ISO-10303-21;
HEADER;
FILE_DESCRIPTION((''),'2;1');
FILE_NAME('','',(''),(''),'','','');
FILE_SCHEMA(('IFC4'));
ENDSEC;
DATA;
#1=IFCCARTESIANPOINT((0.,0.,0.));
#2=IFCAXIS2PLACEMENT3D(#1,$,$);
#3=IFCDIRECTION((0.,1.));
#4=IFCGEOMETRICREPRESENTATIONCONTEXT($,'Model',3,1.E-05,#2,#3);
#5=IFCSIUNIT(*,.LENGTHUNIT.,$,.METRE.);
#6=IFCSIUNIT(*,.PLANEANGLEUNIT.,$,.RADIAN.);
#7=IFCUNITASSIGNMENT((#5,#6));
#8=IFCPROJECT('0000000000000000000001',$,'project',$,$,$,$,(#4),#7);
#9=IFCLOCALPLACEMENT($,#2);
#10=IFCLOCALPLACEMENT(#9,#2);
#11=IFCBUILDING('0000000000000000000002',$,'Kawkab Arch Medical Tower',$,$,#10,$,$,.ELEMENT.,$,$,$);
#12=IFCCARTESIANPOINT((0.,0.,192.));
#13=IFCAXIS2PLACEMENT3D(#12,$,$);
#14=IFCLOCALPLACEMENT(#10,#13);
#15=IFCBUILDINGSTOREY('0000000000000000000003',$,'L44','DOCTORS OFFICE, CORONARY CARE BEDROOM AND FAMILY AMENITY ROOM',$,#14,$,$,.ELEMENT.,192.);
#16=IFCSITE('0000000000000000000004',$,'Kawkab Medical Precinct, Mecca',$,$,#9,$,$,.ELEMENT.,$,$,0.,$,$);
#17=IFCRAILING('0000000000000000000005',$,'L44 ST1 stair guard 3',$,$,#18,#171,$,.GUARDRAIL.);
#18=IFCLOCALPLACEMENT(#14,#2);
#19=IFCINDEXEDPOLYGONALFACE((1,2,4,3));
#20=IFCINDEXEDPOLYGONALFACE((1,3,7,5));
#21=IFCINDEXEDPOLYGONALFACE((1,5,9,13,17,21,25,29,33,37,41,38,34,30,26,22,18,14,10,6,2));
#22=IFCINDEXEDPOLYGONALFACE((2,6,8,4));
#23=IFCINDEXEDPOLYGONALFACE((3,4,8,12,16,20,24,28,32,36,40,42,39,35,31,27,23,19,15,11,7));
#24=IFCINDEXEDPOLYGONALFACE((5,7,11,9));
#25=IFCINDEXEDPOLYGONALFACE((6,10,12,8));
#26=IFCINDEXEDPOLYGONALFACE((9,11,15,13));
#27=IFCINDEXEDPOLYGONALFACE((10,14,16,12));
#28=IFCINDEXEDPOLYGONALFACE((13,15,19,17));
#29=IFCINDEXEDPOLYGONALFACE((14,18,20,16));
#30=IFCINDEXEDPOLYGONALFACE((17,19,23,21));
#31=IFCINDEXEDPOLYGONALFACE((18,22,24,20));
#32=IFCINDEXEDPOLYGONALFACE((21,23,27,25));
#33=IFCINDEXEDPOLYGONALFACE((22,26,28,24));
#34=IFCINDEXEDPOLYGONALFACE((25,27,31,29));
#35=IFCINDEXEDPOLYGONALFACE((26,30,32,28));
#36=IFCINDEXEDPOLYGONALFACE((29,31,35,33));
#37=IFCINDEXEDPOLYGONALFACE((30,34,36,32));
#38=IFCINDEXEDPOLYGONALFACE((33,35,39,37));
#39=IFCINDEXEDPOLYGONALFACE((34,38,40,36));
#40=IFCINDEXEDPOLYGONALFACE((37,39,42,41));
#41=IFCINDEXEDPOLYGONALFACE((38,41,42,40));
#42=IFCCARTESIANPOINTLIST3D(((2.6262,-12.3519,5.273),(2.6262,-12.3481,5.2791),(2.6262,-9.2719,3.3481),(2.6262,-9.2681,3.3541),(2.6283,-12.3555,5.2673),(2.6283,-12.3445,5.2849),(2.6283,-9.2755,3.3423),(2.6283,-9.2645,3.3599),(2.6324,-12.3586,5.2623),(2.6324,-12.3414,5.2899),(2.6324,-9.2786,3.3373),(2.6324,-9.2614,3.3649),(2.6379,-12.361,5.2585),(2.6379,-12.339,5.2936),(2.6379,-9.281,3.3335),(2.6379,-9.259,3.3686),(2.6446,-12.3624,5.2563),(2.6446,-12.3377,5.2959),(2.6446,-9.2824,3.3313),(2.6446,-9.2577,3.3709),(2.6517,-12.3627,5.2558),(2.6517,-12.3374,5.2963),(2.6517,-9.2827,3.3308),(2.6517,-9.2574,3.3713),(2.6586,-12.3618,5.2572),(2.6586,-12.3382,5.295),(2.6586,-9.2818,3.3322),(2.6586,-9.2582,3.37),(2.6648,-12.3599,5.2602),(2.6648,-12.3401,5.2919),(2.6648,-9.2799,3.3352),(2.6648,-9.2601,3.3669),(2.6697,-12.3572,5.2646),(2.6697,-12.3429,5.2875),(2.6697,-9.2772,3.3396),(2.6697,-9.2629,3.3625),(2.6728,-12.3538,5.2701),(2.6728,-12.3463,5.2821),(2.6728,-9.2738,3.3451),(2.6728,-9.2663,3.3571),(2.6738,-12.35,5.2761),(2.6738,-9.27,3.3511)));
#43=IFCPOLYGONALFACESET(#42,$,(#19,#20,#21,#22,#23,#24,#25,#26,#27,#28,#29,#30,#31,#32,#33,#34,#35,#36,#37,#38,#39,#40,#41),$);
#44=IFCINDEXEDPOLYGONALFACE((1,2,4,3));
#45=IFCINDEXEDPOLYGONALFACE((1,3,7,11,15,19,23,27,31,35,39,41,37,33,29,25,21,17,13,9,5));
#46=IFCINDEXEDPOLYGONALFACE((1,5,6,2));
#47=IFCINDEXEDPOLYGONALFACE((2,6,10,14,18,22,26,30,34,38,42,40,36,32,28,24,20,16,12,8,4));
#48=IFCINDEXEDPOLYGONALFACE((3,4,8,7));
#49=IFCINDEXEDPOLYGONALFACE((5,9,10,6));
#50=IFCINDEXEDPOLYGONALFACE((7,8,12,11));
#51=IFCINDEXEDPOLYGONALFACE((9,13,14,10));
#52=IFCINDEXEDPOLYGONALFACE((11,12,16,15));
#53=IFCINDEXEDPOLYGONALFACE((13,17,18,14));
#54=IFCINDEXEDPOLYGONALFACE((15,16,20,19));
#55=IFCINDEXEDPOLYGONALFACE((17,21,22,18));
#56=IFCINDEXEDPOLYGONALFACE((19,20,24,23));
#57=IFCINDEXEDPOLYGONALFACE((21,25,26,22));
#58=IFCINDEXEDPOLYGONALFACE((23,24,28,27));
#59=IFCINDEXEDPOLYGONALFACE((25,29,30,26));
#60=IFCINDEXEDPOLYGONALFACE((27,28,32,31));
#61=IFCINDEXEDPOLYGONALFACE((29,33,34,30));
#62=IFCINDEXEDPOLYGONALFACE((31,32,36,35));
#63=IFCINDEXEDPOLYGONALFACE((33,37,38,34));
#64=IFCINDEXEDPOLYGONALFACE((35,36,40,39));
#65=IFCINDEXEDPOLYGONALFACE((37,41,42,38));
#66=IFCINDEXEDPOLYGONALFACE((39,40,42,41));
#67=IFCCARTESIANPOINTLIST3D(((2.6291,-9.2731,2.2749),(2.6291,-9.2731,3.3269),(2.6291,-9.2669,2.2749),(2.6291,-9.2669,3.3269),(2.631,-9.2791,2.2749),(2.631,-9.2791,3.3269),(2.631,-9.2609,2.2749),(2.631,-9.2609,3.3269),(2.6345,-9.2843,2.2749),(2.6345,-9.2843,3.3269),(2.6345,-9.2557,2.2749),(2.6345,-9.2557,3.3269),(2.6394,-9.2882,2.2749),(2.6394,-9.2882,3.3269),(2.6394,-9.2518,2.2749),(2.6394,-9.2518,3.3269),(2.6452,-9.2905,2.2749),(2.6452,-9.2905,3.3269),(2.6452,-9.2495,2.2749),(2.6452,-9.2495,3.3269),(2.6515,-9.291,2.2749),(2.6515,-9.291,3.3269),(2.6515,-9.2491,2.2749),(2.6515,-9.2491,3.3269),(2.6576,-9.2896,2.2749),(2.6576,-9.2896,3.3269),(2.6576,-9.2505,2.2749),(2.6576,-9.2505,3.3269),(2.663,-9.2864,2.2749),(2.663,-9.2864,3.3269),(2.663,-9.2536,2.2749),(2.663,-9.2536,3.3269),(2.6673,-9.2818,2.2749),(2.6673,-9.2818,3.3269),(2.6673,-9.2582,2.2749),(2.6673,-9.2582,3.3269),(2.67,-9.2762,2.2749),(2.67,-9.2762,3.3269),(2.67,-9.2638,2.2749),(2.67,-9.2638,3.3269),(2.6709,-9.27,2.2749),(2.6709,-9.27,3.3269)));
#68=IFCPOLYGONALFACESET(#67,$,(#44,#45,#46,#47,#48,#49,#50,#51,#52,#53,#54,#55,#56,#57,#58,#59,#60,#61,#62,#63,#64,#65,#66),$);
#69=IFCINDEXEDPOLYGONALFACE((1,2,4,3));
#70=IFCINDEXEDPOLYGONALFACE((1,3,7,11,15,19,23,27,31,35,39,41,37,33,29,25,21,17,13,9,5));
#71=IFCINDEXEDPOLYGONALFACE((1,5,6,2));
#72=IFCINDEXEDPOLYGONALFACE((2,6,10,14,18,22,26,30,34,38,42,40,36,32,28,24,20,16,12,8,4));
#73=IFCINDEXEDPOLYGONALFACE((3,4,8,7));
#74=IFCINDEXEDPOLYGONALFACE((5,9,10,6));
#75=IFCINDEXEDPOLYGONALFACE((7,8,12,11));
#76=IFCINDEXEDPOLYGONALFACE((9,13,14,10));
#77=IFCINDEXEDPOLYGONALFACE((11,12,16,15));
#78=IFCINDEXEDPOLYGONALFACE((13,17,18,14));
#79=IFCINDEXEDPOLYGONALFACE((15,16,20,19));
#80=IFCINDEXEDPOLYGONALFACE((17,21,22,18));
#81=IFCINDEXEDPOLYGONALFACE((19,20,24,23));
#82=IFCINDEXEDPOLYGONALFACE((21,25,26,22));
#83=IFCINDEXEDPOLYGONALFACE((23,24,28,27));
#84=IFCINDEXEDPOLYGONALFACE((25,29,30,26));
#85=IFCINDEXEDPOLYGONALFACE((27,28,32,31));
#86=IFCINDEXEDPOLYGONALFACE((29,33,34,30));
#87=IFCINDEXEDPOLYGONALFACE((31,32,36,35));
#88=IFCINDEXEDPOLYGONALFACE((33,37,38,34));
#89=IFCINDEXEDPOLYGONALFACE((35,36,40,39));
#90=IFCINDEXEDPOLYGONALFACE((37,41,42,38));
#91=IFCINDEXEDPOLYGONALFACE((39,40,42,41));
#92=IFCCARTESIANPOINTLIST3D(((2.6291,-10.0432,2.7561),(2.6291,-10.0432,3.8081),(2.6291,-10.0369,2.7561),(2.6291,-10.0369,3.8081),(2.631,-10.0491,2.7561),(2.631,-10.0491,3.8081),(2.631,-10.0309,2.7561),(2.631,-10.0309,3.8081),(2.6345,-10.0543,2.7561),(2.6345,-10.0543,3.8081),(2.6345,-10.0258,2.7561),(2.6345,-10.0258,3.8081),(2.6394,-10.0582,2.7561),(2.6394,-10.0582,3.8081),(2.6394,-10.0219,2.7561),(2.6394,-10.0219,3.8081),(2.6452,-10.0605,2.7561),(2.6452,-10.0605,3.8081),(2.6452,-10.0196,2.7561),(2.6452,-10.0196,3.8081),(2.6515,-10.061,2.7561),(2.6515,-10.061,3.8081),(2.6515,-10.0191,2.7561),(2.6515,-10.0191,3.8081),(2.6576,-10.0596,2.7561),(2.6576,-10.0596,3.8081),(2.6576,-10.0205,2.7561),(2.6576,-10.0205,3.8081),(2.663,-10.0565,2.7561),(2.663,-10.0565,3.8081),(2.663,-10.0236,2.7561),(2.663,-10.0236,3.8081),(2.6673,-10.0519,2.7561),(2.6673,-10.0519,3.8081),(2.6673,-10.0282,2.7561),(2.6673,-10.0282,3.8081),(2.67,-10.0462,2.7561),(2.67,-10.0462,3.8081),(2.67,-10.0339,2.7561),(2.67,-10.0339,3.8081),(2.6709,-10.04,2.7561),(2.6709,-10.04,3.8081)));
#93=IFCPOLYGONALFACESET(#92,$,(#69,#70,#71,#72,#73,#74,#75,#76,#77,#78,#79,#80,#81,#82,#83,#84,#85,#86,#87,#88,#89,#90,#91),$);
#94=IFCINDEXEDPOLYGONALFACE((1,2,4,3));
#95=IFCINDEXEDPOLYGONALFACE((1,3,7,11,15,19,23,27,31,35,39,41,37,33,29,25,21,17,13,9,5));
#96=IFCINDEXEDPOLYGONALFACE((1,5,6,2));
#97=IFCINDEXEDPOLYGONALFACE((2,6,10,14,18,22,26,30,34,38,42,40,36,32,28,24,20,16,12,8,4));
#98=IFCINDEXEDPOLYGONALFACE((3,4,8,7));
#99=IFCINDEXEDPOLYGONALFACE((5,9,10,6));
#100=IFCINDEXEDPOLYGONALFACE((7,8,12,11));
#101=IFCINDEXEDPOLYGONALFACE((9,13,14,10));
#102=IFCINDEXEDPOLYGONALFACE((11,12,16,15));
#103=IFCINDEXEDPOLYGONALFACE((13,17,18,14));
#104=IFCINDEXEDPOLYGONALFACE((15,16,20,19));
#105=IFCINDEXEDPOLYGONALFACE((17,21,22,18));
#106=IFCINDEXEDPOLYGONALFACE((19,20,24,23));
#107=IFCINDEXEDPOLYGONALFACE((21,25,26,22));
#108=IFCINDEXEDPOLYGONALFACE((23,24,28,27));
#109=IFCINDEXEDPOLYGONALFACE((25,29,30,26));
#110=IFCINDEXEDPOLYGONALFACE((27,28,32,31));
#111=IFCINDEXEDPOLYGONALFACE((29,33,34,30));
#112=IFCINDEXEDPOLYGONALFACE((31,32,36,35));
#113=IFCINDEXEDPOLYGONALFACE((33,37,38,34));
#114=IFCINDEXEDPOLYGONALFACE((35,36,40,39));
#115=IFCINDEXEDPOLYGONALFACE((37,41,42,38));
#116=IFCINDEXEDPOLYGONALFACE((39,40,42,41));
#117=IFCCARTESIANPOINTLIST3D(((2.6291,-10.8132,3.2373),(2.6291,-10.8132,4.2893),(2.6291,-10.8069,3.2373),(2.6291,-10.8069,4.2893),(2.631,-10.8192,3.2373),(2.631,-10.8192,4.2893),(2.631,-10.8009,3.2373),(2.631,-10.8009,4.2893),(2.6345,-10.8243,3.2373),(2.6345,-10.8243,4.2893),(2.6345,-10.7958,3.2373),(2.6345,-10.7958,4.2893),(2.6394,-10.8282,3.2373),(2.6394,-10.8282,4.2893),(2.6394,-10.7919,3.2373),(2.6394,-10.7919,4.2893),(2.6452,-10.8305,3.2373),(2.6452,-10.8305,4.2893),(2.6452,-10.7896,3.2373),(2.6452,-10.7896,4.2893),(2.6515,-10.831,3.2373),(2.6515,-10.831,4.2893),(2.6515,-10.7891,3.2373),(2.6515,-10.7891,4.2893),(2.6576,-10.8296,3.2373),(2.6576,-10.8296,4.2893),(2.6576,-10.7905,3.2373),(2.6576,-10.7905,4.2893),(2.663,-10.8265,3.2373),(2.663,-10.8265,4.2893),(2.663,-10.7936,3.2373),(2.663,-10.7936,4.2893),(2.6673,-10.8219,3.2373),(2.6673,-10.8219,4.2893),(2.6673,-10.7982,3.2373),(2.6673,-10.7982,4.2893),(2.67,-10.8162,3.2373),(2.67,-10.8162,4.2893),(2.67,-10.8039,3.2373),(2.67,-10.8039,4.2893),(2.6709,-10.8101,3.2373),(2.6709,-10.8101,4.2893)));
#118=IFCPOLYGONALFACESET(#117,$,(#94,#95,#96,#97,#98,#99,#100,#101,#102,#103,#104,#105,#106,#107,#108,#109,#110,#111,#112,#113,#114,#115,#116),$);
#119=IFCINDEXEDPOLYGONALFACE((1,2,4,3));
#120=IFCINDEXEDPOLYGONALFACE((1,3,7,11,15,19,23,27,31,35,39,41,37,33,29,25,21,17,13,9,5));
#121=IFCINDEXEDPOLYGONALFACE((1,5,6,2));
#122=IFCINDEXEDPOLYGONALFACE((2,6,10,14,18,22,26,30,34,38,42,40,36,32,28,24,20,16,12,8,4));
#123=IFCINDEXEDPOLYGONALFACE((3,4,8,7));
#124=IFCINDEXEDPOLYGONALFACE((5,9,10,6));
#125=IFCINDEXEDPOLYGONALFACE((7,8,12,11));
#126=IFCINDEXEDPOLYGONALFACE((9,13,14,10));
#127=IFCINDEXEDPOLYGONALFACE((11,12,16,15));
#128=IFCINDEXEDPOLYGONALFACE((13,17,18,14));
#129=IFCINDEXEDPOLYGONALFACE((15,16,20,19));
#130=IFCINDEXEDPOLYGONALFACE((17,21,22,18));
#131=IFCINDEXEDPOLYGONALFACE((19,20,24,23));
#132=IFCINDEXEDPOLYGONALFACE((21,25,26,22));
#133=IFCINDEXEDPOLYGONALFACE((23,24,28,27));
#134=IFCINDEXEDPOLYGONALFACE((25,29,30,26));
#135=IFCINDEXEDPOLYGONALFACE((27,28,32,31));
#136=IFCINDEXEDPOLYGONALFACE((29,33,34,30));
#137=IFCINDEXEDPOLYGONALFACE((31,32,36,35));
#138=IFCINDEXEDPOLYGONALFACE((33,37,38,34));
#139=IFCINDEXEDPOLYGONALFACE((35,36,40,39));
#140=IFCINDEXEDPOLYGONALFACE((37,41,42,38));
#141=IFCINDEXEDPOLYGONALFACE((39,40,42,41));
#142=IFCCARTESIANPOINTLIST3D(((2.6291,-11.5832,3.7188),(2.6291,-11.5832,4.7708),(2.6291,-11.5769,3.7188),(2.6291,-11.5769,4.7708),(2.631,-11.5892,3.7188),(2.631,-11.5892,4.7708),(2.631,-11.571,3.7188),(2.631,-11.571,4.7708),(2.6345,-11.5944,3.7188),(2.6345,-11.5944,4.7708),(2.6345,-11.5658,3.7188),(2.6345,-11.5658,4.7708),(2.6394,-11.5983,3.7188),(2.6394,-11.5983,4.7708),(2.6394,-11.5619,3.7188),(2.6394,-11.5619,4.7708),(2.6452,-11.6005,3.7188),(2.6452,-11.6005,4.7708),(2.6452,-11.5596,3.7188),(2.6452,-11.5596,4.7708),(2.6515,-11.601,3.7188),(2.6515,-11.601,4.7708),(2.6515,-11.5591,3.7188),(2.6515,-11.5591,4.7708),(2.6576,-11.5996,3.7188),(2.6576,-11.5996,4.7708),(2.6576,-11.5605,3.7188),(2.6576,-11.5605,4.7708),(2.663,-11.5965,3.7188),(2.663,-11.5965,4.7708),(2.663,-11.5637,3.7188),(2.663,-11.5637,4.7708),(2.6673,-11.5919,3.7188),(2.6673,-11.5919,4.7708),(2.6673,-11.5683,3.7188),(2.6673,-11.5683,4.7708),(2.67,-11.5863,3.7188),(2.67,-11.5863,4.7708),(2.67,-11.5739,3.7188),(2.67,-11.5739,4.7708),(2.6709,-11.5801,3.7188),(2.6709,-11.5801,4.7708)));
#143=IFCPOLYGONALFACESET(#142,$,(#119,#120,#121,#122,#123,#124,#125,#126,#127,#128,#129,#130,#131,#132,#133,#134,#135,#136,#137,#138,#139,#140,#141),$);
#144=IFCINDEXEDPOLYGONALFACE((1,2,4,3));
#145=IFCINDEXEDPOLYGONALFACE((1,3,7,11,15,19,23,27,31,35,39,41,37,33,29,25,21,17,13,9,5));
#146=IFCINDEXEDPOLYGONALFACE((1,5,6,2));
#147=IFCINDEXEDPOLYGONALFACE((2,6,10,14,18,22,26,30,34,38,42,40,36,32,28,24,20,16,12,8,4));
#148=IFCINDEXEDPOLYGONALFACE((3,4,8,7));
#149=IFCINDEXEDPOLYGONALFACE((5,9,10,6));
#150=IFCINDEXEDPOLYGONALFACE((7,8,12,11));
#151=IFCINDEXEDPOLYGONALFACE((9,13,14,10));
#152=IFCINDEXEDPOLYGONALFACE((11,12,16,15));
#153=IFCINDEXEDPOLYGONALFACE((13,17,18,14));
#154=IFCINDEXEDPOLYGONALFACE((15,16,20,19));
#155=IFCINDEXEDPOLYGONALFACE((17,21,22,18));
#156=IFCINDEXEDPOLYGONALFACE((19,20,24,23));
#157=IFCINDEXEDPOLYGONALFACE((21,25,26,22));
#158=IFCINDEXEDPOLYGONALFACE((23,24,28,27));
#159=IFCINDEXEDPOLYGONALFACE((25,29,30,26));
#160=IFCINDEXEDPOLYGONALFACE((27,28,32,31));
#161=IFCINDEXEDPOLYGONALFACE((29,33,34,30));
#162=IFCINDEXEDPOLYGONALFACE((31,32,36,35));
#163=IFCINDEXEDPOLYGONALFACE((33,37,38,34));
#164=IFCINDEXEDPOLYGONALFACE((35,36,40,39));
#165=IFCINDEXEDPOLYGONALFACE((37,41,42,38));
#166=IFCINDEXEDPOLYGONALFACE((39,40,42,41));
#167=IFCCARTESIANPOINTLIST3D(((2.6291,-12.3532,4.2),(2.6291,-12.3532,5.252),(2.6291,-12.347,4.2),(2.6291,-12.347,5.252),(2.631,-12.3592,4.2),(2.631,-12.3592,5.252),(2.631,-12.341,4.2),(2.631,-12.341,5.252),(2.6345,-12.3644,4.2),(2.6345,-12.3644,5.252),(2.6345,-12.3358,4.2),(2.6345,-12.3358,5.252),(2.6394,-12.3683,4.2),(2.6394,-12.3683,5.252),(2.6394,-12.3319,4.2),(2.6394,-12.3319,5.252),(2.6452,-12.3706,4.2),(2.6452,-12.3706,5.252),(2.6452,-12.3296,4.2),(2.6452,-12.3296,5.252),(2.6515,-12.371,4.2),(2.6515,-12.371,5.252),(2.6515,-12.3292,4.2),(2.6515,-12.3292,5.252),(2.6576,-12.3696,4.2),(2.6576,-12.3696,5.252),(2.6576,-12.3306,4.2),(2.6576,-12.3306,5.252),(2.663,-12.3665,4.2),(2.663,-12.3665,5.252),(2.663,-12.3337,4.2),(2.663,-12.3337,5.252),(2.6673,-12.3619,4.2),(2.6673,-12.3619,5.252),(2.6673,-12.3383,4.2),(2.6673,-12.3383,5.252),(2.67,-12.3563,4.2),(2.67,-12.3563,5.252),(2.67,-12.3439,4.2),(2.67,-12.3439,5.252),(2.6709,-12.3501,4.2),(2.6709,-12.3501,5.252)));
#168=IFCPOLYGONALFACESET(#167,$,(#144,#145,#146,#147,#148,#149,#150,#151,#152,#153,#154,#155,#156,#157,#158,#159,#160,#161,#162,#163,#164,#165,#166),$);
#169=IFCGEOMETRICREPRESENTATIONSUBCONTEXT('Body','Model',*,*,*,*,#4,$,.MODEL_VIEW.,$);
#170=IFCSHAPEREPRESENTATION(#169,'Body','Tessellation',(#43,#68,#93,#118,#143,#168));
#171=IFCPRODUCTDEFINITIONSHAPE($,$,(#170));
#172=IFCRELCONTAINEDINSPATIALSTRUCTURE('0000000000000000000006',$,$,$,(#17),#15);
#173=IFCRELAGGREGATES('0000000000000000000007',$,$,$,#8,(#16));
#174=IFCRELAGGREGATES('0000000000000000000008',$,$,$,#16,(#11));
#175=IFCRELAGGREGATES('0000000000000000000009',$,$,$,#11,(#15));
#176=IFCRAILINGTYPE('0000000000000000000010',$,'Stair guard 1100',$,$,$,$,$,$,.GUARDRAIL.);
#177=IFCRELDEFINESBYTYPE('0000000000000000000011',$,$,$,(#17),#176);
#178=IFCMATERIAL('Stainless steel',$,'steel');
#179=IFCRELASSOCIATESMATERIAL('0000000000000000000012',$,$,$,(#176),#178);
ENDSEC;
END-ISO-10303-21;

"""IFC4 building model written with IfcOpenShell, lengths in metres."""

from ifc_helpers import new_model, si_unit, direction, frame, origin, origin_2d, place, context, subcontext, project, spatial, circle, extrude, material, type_object, element, save


model = new_model("IFC4")

# Units and contexts
model_context = context("Model", 3, precision=1e-05, world=origin(), true_north=direction((0.0, 1.0)))
body_context = subcontext(model_context, "Body", "Model", "MODEL_VIEW")
ifc_project = project(units=[si_unit("LENGTHUNIT", "METRE"), si_unit("PLANEANGLEUNIT", "RADIAN")], contexts=[model_context])

# Site, building, storey
site_placement = place(None, origin())
site = spatial("IfcSite", under=ifc_project, at=site_placement, Name="Kawkab Medical Precinct, Mecca", CompositionType="ELEMENT", RefElevation=0.0)
building_placement = place(site_placement, origin())
building = spatial("IfcBuilding", under=site, at=building_placement, Name="Kawkab Arch Medical Tower", CompositionType="ELEMENT")
storey_placement = place(building_placement, frame((0.0, 0.0, 192.0)))
storey = spatial("IfcBuildingStorey", under=building, at=storey_placement, Name="L44", Description="DOCTORS OFFICE, CORONARY CARE BEDROOM AND FAMILY AMENITY ROOM", CompositionType="ELEMENT", Elevation=192.0)

# Railing
ifc_material_1 = material(Name="Stainless steel", Category="steel")
railing_type_1 = type_object("IfcRailingType", Name="Stair guard 1100", PredefinedType="GUARDRAIL", material=ifc_material_1)
railing_1_placement = place(storey_placement, frame((2.6499, -9.27, 2.2749)))
element("IfcRailing", 1, at=railing_1_placement, inside=storey, type_object=railing_type_1, Name="L44 ST1 stair guard 3", PredefinedType="GUARDRAIL", context=body_context, shape_type="SweptSolid", body=[
    extrude(circle(Radius=0.0239, at=origin_2d()), frame((0.0, 0.0, 1.0762), z_axis=(0.0, -0.847998, 0.529999), x_axis=(1.0, 0.0, 0.0)), (0.0, 0.0, 1.0), 3.6321),
    extrude(circle(Radius=0.021, at=origin_2d()), origin(), (0.0, 0.0, 1.0), 1.052),
    extrude(circle(Radius=0.021, at=origin_2d()), frame((0.0, -0.77, 0.4812)), (0.0, 0.0, 1.0), 1.052),
    extrude(circle(Radius=0.021, at=origin_2d()), frame((0.0, -1.54, 0.9624)), (0.0, 0.0, 1.0), 1.052),
    extrude(circle(Radius=0.021, at=origin_2d()), frame((0.0, -2.3101, 1.4438)), (0.0, 0.0, 1.0), 1.052),
    extrude(circle(Radius=0.021, at=origin_2d()), frame((0.0, -3.0801, 1.925)), (0.0, 0.0, 1.0), 1.052),
])

save(model, "model.ifc")
